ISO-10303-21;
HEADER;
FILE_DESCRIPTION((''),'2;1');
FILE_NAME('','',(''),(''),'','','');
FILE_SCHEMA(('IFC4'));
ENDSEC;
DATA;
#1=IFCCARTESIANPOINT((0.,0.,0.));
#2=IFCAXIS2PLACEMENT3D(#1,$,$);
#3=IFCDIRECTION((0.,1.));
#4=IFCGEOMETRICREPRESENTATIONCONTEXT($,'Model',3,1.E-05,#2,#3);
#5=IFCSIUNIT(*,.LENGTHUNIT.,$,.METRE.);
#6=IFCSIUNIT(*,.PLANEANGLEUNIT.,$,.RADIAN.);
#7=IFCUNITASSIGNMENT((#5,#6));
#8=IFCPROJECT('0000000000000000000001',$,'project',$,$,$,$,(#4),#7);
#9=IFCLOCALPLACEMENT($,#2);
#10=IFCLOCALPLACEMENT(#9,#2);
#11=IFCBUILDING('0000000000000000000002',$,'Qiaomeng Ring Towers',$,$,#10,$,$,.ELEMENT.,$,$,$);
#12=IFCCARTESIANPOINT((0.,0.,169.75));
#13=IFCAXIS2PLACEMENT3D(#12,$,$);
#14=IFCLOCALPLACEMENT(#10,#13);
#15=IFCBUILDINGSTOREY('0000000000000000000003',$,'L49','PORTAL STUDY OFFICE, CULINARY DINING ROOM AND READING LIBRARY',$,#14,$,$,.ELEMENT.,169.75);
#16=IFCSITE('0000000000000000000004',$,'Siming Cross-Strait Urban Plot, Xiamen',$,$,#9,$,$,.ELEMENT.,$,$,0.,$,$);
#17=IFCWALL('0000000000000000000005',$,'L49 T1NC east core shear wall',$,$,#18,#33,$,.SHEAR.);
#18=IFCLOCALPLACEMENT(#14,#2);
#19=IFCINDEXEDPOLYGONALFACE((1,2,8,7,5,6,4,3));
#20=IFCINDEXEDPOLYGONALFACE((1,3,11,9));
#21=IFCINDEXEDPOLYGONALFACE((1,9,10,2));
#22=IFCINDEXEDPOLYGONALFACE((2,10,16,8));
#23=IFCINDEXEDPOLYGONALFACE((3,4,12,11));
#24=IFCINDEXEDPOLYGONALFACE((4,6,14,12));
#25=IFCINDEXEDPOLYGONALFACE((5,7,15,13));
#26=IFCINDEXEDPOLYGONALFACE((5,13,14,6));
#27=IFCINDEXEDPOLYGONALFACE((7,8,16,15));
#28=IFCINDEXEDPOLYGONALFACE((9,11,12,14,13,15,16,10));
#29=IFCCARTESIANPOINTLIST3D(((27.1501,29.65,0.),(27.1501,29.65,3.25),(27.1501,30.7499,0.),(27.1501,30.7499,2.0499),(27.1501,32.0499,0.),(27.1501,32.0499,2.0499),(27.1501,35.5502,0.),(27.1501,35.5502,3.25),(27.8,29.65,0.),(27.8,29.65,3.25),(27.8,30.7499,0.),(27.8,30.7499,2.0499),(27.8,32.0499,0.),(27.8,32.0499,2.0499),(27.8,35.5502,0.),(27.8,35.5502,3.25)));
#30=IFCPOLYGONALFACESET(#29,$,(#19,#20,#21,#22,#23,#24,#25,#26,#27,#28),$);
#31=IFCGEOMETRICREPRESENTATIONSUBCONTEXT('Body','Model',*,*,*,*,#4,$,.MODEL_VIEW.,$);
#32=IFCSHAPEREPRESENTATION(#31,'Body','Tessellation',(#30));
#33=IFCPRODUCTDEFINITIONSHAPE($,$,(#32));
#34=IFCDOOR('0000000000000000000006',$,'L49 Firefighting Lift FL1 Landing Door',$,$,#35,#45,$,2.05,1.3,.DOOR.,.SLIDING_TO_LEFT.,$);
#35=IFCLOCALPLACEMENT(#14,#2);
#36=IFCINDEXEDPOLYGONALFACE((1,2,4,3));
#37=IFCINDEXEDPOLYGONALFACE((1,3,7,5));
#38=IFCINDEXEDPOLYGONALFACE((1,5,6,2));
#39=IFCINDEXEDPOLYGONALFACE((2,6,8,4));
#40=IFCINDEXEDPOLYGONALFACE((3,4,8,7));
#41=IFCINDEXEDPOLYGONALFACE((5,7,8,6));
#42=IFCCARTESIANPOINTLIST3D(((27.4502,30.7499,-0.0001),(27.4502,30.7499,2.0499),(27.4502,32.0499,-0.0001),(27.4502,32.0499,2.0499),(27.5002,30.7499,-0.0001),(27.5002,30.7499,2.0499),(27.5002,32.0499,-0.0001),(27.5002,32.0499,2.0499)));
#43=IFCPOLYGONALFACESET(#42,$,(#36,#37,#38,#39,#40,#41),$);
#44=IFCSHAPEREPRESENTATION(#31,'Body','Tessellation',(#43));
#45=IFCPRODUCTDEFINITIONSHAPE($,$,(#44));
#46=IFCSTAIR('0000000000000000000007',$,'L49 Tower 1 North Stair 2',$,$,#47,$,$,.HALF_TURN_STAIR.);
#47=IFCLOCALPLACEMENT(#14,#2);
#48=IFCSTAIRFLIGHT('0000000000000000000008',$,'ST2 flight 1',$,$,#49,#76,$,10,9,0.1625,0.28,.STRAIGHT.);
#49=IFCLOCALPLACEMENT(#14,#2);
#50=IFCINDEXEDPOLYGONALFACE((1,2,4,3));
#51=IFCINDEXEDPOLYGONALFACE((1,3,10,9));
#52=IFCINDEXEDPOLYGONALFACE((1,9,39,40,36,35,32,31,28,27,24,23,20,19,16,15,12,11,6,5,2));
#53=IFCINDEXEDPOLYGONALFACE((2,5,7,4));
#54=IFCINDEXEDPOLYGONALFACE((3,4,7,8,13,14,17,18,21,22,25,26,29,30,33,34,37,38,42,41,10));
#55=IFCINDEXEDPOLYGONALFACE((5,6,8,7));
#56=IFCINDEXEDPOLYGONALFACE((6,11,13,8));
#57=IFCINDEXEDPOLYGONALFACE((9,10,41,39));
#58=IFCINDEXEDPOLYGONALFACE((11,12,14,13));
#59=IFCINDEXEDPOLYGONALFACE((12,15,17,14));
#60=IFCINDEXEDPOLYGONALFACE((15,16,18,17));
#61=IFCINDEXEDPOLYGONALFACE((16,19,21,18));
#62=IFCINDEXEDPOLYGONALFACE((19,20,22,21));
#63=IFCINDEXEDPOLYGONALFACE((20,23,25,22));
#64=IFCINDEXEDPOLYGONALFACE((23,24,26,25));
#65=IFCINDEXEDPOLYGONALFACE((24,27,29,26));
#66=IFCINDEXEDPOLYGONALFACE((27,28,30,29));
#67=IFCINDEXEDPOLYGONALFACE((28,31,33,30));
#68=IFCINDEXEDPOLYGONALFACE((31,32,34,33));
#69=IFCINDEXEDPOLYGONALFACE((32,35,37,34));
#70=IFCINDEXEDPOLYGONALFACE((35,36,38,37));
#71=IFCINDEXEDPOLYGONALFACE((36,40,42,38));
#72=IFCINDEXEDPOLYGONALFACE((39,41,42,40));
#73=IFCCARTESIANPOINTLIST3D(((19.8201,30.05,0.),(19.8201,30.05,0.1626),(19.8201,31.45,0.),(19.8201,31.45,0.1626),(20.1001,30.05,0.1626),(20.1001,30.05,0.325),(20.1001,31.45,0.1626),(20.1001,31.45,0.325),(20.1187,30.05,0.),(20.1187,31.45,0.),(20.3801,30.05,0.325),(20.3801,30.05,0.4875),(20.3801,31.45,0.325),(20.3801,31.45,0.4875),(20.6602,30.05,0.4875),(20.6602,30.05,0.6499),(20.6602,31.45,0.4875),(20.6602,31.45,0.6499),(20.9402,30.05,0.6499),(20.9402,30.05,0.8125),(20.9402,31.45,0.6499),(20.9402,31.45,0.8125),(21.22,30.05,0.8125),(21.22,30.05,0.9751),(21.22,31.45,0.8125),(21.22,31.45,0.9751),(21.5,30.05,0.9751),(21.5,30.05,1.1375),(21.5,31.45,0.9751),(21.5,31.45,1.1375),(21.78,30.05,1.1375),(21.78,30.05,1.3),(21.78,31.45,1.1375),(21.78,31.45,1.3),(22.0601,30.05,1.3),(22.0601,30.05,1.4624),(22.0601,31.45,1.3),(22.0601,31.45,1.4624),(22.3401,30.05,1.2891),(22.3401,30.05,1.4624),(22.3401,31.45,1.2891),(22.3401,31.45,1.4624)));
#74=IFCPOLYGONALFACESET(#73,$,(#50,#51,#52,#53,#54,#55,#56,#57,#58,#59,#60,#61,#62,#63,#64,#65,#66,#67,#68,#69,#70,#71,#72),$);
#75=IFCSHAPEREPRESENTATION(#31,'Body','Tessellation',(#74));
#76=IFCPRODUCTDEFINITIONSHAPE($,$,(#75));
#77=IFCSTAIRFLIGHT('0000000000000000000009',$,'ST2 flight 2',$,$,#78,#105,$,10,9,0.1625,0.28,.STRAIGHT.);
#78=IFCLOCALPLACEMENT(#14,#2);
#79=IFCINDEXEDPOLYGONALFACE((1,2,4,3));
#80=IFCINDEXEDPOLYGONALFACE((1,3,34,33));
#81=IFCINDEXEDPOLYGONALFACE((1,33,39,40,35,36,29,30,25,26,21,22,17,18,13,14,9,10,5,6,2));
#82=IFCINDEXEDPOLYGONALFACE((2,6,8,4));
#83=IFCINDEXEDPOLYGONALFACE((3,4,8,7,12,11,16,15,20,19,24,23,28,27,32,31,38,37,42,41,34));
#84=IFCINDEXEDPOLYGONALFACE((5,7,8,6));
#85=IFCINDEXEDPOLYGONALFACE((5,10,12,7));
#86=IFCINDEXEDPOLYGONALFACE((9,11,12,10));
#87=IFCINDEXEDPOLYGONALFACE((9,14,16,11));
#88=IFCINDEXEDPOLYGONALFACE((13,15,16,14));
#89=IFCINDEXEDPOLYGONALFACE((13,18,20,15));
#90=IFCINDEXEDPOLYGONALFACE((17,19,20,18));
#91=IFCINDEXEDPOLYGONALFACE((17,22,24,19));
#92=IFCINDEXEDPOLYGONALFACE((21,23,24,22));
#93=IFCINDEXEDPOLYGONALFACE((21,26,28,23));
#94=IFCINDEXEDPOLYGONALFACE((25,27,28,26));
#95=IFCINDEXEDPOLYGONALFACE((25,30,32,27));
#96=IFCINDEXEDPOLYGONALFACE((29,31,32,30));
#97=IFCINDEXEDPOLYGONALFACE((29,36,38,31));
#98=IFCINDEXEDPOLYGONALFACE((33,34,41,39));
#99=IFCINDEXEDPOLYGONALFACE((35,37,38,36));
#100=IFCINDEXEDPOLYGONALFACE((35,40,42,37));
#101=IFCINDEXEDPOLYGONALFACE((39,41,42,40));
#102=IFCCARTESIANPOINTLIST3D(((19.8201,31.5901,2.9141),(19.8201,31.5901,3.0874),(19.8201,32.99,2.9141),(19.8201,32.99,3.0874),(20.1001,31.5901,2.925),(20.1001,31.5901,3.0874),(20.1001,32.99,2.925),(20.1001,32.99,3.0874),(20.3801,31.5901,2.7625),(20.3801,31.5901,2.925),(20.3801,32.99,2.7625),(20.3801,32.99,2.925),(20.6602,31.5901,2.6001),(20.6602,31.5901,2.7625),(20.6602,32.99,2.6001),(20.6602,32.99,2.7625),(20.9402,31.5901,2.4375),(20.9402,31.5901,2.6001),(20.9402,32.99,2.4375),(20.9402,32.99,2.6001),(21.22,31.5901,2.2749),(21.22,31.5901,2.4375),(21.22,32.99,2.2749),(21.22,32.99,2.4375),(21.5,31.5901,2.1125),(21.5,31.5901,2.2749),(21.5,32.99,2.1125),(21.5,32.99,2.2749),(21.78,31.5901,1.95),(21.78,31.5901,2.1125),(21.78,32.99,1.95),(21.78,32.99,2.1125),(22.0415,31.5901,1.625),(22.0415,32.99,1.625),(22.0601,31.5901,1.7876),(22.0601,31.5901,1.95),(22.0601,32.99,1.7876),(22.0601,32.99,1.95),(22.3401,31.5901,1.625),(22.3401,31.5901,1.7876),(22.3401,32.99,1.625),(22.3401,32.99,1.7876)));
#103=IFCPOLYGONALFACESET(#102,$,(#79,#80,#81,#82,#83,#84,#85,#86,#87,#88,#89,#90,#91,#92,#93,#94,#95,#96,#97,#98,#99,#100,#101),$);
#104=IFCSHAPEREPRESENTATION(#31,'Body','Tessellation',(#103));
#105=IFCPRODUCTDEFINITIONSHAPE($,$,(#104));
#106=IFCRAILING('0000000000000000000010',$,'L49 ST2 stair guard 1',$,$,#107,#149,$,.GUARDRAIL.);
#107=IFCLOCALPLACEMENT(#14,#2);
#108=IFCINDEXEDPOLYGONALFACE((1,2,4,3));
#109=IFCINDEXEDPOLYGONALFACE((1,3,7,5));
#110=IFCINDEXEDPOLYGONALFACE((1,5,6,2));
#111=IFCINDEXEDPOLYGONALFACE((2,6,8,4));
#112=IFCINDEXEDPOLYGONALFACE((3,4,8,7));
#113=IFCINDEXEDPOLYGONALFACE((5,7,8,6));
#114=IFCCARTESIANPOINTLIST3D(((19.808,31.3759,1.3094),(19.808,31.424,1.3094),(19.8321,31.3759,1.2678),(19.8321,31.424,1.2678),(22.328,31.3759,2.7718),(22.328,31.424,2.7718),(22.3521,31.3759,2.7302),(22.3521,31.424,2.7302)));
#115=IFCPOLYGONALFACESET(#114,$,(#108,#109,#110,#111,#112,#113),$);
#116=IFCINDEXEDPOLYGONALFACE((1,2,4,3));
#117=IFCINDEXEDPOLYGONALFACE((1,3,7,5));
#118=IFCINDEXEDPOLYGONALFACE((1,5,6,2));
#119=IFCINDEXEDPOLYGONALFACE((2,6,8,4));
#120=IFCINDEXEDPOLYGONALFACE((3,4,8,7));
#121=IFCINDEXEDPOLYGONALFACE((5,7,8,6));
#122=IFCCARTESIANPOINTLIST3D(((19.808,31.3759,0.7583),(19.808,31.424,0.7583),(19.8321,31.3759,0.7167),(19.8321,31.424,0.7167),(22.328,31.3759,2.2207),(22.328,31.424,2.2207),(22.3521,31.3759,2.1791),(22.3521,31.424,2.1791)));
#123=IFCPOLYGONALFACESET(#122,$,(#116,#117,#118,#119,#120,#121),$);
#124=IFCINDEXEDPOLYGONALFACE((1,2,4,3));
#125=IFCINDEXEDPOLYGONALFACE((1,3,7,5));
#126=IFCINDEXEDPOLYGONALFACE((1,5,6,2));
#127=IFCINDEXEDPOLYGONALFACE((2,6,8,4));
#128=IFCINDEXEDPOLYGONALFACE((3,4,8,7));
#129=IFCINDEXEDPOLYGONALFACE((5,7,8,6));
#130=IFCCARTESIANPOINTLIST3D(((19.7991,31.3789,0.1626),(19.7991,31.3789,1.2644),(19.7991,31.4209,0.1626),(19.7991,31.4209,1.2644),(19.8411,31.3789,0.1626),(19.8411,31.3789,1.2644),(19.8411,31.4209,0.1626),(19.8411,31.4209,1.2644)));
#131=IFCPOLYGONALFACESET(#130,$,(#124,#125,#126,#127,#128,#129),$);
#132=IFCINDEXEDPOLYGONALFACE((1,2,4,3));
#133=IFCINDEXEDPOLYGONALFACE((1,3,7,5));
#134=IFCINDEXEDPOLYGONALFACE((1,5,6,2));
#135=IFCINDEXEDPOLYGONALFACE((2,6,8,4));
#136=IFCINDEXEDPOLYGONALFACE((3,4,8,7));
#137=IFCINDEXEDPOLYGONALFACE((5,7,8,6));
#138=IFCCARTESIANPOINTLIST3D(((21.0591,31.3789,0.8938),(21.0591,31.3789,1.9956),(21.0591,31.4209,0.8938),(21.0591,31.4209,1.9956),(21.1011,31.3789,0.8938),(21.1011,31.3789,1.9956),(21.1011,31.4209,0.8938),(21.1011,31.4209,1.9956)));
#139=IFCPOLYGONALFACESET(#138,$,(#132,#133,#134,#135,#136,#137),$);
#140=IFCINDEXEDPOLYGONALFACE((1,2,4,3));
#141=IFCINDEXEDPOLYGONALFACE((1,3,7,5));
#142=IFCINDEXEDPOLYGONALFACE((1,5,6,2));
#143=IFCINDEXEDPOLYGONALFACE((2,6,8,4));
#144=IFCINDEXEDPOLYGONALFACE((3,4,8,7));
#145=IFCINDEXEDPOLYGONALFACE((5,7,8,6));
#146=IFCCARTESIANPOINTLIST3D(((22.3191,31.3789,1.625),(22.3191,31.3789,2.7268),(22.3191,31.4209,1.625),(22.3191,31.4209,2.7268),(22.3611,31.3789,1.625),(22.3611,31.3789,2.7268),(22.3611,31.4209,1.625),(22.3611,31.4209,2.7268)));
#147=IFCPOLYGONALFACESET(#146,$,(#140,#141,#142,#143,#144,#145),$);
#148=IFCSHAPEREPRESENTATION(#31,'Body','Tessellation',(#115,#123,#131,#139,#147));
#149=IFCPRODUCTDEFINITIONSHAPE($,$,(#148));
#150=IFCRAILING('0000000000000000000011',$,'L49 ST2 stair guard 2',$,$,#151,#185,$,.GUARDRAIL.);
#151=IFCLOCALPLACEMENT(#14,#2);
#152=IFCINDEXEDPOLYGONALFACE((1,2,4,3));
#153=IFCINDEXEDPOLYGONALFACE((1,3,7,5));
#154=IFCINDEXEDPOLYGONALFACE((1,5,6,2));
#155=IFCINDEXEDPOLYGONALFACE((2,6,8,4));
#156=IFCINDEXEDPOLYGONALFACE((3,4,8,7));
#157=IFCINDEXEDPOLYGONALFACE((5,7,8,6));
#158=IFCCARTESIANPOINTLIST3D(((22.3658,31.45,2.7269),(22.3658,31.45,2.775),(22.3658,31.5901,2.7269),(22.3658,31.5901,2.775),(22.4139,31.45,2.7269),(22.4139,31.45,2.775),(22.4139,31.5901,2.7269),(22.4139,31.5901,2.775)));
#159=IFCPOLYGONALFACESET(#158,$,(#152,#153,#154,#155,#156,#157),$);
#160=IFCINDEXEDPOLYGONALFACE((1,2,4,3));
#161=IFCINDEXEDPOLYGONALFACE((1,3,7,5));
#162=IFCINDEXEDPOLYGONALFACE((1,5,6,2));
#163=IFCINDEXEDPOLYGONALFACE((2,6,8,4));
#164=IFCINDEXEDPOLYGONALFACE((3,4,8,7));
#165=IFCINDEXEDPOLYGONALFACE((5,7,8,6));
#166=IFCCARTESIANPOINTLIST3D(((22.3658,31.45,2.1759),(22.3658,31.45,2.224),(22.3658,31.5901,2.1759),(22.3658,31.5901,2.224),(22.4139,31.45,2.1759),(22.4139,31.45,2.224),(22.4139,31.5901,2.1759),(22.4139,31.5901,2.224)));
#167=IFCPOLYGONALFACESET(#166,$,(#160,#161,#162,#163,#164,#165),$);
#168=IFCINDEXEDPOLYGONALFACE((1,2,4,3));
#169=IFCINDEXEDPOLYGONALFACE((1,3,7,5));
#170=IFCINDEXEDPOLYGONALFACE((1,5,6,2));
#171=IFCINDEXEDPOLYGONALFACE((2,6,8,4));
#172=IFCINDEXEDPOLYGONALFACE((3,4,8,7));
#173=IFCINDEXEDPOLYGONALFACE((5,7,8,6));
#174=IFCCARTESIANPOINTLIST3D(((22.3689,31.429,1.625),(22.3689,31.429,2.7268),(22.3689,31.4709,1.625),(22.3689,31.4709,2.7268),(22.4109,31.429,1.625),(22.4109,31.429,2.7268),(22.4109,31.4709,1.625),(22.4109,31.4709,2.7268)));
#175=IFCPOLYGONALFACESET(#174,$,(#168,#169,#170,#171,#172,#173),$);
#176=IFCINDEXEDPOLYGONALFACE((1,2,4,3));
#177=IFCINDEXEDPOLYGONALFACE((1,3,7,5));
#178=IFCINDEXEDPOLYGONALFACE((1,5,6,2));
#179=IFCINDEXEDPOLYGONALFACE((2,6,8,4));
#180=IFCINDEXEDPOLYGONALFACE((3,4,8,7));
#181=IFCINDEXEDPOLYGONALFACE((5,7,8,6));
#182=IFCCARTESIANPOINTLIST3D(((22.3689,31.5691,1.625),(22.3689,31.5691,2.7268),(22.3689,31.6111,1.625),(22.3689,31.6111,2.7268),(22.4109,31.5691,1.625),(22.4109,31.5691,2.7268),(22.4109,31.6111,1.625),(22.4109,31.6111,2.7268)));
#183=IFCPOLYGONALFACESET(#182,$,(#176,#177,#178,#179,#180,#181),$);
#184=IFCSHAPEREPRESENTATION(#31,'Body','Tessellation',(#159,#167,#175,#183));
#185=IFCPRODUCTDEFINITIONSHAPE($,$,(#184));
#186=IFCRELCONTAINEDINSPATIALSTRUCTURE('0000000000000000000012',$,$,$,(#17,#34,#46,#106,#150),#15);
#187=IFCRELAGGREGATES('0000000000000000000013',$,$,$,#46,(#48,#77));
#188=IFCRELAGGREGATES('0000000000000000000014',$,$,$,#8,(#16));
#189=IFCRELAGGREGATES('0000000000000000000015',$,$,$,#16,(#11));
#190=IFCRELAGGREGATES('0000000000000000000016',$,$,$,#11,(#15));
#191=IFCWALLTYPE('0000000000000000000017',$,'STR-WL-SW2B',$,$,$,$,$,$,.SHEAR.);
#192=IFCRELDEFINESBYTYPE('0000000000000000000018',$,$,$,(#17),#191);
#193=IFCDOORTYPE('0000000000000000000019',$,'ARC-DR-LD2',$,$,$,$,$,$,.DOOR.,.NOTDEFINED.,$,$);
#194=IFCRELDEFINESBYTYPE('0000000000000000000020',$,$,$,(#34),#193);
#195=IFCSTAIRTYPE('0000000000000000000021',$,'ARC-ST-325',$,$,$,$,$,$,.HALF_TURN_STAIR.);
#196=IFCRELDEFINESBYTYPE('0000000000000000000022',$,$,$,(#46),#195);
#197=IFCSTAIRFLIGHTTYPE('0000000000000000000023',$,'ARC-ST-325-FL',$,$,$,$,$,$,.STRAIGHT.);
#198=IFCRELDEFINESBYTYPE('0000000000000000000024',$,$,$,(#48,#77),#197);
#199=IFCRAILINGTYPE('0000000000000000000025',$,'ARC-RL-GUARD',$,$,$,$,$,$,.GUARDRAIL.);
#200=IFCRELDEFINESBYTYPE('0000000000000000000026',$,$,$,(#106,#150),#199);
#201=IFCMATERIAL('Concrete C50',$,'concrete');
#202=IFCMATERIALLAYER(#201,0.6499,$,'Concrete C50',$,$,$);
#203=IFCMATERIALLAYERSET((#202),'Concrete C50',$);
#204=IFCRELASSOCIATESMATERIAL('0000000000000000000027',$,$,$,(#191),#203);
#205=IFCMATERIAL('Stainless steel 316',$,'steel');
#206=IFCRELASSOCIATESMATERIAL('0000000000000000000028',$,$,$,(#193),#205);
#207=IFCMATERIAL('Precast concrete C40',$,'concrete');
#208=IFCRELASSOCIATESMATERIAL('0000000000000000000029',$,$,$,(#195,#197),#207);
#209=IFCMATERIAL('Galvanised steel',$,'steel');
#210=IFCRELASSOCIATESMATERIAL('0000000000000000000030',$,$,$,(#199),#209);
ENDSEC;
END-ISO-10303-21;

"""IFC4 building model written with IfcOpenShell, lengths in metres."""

from ifc_helpers import new_model, si_unit, direction, frame, frame_2d, origin, origin_2d, place, context, subcontext, project, spatial, polyline, rectangle, outline, extrude, source, transform, mapped, material, layer, layer_set, type_object, element, fill, aggregate, save


model = new_model("IFC4")

# Units and contexts
model_context = context("Model", 3, precision=1e-05, world=origin(), true_north=direction((0.0, 1.0)))
body_context = subcontext(model_context, "Body", "Model", "MODEL_VIEW")
ifc_project = project(units=[si_unit("LENGTHUNIT", "METRE"), si_unit("PLANEANGLEUNIT", "RADIAN")], contexts=[model_context])

# Site, building, storey
site_placement = place(None, origin())
site = spatial("IfcSite", under=ifc_project, at=site_placement, Name="Siming Cross-Strait Urban Plot, Xiamen", CompositionType="ELEMENT", RefElevation=0.0)
building_placement = place(site_placement, origin())
building = spatial("IfcBuilding", under=site, at=building_placement, Name="Qiaomeng Ring Towers", CompositionType="ELEMENT")
storey_placement = place(building_placement, frame((0.0, 0.0, 169.75)))
storey = spatial("IfcBuildingStorey", under=building, at=storey_placement, Name="L49", Description="PORTAL STUDY OFFICE, CULINARY DINING ROOM AND READING LIBRARY", CompositionType="ELEMENT", Elevation=169.75)

# Shared definitions
ifc_material_1 = material(Name="Precast concrete C40", Category="concrete")

# Shared definitions
ifc_material_2 = material(Name="Galvanised steel", Category="steel")

# Wall, opening, door
ifc_material_3 = material(Name="Concrete C50", Category="concrete")
ifc_layer_1 = layer(ifc_material_3, 0.6499, Name="Concrete C50")
ifc_layer_set_1 = layer_set([ifc_layer_1], Name="Concrete C50")
wall_type_1 = type_object("IfcWallType", Name="STR-WL-SW2B", PredefinedType="SHEAR", material=ifc_layer_set_1)
wall_1_placement = place(storey_placement, frame((27.4751, 29.6499, 0.0), z_axis=(0.0, 0.0, 1.0), x_axis=(0.0, 1.0, 0.0)))
wall_1 = element("IfcWall", 1, at=wall_1_placement, inside=storey, type_object=wall_type_1, Name="L49 T1NC east core shear wall", PredefinedType="SHEAR", context=body_context, shape_type="SweptSolid", body=[
    extrude(rectangle(XDim=5.9001, YDim=0.6499, at=frame_2d((2.9502, 0.0))), origin(), (0.0, 0.0, 1.0), 3.25),
])
opening_1_placement = place(wall_1_placement, frame((1.1001, 0.0, 0.0)))
opening_1 = element("IfcOpeningElement", 2, at=opening_1_placement, cuts=wall_1, PredefinedType="OPENING", context=body_context, shape_type="SweptSolid", body=[
    extrude(rectangle(XDim=1.3, YDim=2.05, at=frame_2d((0.6499, 1.0249))), frame((0.0, 0.335, 0.0), z_axis=(0.0, -1.0, 0.0), x_axis=(1.0, 0.0, 0.0)), (0.0, 0.0, 1.0), 0.6699),
])
ifc_material_4 = material(Name="Stainless steel 316", Category="steel")
door_type_1 = type_object("IfcDoorType", Name="ARC-DR-LD2", OperationType="NOTDEFINED", PredefinedType="DOOR", material=ifc_material_4)
shared_shape_1 = source(origin(), body_context, "Body", "SweptSolid", [
    extrude(rectangle(XDim=1.3, YDim=2.05, at=frame_2d((0.6499, 1.0249))), frame((0.0, 0.0249, 0.0), z_axis=(0.0, -1.0, 0.0), x_axis=(1.0, 0.0, 0.0)), (0.0, 0.0, 1.0), 0.05),
])
door_1_placement = place(opening_1_placement, origin())
door_1 = element("IfcDoor", 3, at=door_1_placement, inside=storey, type_object=door_type_1, Name="L49 Firefighting Lift FL1 Landing Door", OperationType="SLIDING_TO_LEFT", OverallHeight=2.05, OverallWidth=1.3, PredefinedType="DOOR", context=body_context, shape_type="MappedRepresentation", body=[
    mapped(shared_shape_1, transform((0.0, 0.0, 0.0), x_axis=(1.0, 0.0, 0.0), y_axis=(0.0, 1.0, 0.0), z_axis=(0.0, 0.0, 1.0), scale=1.0)),
])
fill(opening_1, door_1)

# Stair, stair flights
stair_type = type_object("IfcStairType", Name="ARC-ST-325", PredefinedType="HALF_TURN_STAIR", material=ifc_material_1)
stair_placement = place(storey_placement, origin())
stair = element("IfcStair", 4, at=stair_placement, inside=storey, type_object=stair_type, Name="L49 Tower 1 North Stair 2", PredefinedType="HALF_TURN_STAIR")
stair_flight_type = type_object("IfcStairFlightType", Name="ARC-ST-325-FL", PredefinedType="STRAIGHT", material=ifc_material_1)
shared_shape_2 = source(origin(), body_context, "Body", "SweptSolid", [
    extrude(outline(polyline([(0.0, 0.0), (0.0, 0.1626), (0.28, 0.1626), (0.28, 0.325), (0.5601, 0.325), (0.5601, 0.4875), (0.8401, 0.4875), (0.8401, 0.6499), (1.1201, 0.6499), (1.1201, 0.8125), (1.3999, 0.8125), (1.3999, 0.9751), (1.6799, 0.9751), (1.6799, 1.1375), (1.96, 1.1375), (1.96, 1.3), (2.24, 1.3), (2.24, 1.4624), (2.52, 1.4624), (2.52, 1.625), (2.52, 1.2891), (0.2986, 0.0), (0.0, 0.0)])), frame((0.0, 0.7, 0.0), z_axis=(0.0, -1.0, 0.0), x_axis=(1.0, 0.0, 0.0)), (0.0, 0.0, 1.0), 1.3999),
])
stair_flight_1_placement = place(storey_placement, frame((19.8201, 30.75, 0.0), z_axis=(0.0, 0.0, 1.0), x_axis=(1.0, 0.0, 0.0)))
stair_flight_1 = element("IfcStairFlight", 5, at=stair_flight_1_placement, type_object=stair_flight_type, Name="ST2 flight 1", NumberOfRisers=10, NumberOfTreads=9, PredefinedType="STRAIGHT", RiserHeight=0.1625, TreadLength=0.28, context=body_context, shape_type="MappedRepresentation", body=[
    mapped(shared_shape_2, transform((0.0, 0.0, 0.0), x_axis=(1.0, 0.0, 0.0), y_axis=(0.0, 1.0, 0.0), z_axis=(0.0, 0.0, 1.0), scale=1.0)),
])
stair_flight_2_placement = place(storey_placement, frame((22.3401, 32.29, 1.625), z_axis=(0.0, 0.0, 1.0), x_axis=(-1.0, 0.0, 0.0)))
stair_flight_2 = element("IfcStairFlight", 6, at=stair_flight_2_placement, type_object=stair_flight_type, Name="ST2 flight 2", NumberOfRisers=10, NumberOfTreads=9, PredefinedType="STRAIGHT", RiserHeight=0.1625, TreadLength=0.28, context=body_context, shape_type="MappedRepresentation", body=[
    mapped(shared_shape_2, transform((0.0, 0.0, 0.0), x_axis=(1.0, 0.0, 0.0), y_axis=(0.0, 1.0, 0.0), z_axis=(0.0, 0.0, 1.0), scale=1.0)),
])
aggregate(stair, [stair_flight_1, stair_flight_2])

# Railings
railing_type_1 = type_object("IfcRailingType", Name="ARC-RL-GUARD", PredefinedType="GUARDRAIL", material=ifc_material_2)
railing_1_placement = place(storey_placement, frame((19.8201, 31.3999, 0.1626)))
element("IfcRailing", 7, at=railing_1_placement, inside=storey, type_object=railing_type_1, Name="L49 ST2 stair guard 1", PredefinedType="GUARDRAIL", context=body_context, shape_type="SweptSolid", body=[
    extrude(rectangle(XDim=0.0481, YDim=0.0481, at=origin_2d()), frame((0.0, 0.0, 1.126), z_axis=(0.864913, 0.0, 0.501921), x_axis=(0.0, 1.0, 0.0)), (0.0, 0.0, 1.0), 2.9136),
    extrude(rectangle(XDim=0.0481, YDim=0.0481, at=origin_2d()), frame((0.0, 0.0, 0.575), z_axis=(0.864913, 0.0, 0.501921), x_axis=(0.0, 1.0, 0.0)), (0.0, 0.0, 1.0), 2.9136),
    extrude(rectangle(XDim=0.042, YDim=0.042, at=origin_2d()), origin(), (0.0, 0.0, 1.0), 1.1018),
    extrude(rectangle(XDim=0.042, YDim=0.042, at=origin_2d()), frame((1.26, 0.0, 0.7312)), (0.0, 0.0, 1.0), 1.1018),
    extrude(rectangle(XDim=0.042, YDim=0.042, at=origin_2d()), frame((2.52, 0.0, 1.4624)), (0.0, 0.0, 1.0), 1.1018),
])
railing_2_placement = place(storey_placement, frame((22.3899, 31.45, 1.625)))
element("IfcRailing", 8, at=railing_2_placement, inside=storey, type_object=railing_type_1, Name="L49 ST2 stair guard 2", PredefinedType="GUARDRAIL", context=body_context, shape_type="SweptSolid", body=[
    extrude(rectangle(XDim=0.0481, YDim=0.0481, at=origin_2d()), frame((0.0, 0.0, 1.126), z_axis=(0.0, 1.0, 0.0), x_axis=(-1.0, 0.0, 0.0)), (0.0, 0.0, 1.0), 0.1401),
    extrude(rectangle(XDim=0.0481, YDim=0.0481, at=origin_2d()), frame((0.0, 0.0, 0.575), z_axis=(0.0, 1.0, 0.0), x_axis=(-1.0, 0.0, 0.0)), (0.0, 0.0, 1.0), 0.1401),
    extrude(rectangle(XDim=0.042, YDim=0.042, at=origin_2d()), origin(), (0.0, 0.0, 1.0), 1.1018),
    extrude(rectangle(XDim=0.042, YDim=0.042, at=origin_2d()), frame((0.0, 0.1401, 0.0)), (0.0, 0.0, 1.0), 1.1018),
])

save(model, "model.ifc")
